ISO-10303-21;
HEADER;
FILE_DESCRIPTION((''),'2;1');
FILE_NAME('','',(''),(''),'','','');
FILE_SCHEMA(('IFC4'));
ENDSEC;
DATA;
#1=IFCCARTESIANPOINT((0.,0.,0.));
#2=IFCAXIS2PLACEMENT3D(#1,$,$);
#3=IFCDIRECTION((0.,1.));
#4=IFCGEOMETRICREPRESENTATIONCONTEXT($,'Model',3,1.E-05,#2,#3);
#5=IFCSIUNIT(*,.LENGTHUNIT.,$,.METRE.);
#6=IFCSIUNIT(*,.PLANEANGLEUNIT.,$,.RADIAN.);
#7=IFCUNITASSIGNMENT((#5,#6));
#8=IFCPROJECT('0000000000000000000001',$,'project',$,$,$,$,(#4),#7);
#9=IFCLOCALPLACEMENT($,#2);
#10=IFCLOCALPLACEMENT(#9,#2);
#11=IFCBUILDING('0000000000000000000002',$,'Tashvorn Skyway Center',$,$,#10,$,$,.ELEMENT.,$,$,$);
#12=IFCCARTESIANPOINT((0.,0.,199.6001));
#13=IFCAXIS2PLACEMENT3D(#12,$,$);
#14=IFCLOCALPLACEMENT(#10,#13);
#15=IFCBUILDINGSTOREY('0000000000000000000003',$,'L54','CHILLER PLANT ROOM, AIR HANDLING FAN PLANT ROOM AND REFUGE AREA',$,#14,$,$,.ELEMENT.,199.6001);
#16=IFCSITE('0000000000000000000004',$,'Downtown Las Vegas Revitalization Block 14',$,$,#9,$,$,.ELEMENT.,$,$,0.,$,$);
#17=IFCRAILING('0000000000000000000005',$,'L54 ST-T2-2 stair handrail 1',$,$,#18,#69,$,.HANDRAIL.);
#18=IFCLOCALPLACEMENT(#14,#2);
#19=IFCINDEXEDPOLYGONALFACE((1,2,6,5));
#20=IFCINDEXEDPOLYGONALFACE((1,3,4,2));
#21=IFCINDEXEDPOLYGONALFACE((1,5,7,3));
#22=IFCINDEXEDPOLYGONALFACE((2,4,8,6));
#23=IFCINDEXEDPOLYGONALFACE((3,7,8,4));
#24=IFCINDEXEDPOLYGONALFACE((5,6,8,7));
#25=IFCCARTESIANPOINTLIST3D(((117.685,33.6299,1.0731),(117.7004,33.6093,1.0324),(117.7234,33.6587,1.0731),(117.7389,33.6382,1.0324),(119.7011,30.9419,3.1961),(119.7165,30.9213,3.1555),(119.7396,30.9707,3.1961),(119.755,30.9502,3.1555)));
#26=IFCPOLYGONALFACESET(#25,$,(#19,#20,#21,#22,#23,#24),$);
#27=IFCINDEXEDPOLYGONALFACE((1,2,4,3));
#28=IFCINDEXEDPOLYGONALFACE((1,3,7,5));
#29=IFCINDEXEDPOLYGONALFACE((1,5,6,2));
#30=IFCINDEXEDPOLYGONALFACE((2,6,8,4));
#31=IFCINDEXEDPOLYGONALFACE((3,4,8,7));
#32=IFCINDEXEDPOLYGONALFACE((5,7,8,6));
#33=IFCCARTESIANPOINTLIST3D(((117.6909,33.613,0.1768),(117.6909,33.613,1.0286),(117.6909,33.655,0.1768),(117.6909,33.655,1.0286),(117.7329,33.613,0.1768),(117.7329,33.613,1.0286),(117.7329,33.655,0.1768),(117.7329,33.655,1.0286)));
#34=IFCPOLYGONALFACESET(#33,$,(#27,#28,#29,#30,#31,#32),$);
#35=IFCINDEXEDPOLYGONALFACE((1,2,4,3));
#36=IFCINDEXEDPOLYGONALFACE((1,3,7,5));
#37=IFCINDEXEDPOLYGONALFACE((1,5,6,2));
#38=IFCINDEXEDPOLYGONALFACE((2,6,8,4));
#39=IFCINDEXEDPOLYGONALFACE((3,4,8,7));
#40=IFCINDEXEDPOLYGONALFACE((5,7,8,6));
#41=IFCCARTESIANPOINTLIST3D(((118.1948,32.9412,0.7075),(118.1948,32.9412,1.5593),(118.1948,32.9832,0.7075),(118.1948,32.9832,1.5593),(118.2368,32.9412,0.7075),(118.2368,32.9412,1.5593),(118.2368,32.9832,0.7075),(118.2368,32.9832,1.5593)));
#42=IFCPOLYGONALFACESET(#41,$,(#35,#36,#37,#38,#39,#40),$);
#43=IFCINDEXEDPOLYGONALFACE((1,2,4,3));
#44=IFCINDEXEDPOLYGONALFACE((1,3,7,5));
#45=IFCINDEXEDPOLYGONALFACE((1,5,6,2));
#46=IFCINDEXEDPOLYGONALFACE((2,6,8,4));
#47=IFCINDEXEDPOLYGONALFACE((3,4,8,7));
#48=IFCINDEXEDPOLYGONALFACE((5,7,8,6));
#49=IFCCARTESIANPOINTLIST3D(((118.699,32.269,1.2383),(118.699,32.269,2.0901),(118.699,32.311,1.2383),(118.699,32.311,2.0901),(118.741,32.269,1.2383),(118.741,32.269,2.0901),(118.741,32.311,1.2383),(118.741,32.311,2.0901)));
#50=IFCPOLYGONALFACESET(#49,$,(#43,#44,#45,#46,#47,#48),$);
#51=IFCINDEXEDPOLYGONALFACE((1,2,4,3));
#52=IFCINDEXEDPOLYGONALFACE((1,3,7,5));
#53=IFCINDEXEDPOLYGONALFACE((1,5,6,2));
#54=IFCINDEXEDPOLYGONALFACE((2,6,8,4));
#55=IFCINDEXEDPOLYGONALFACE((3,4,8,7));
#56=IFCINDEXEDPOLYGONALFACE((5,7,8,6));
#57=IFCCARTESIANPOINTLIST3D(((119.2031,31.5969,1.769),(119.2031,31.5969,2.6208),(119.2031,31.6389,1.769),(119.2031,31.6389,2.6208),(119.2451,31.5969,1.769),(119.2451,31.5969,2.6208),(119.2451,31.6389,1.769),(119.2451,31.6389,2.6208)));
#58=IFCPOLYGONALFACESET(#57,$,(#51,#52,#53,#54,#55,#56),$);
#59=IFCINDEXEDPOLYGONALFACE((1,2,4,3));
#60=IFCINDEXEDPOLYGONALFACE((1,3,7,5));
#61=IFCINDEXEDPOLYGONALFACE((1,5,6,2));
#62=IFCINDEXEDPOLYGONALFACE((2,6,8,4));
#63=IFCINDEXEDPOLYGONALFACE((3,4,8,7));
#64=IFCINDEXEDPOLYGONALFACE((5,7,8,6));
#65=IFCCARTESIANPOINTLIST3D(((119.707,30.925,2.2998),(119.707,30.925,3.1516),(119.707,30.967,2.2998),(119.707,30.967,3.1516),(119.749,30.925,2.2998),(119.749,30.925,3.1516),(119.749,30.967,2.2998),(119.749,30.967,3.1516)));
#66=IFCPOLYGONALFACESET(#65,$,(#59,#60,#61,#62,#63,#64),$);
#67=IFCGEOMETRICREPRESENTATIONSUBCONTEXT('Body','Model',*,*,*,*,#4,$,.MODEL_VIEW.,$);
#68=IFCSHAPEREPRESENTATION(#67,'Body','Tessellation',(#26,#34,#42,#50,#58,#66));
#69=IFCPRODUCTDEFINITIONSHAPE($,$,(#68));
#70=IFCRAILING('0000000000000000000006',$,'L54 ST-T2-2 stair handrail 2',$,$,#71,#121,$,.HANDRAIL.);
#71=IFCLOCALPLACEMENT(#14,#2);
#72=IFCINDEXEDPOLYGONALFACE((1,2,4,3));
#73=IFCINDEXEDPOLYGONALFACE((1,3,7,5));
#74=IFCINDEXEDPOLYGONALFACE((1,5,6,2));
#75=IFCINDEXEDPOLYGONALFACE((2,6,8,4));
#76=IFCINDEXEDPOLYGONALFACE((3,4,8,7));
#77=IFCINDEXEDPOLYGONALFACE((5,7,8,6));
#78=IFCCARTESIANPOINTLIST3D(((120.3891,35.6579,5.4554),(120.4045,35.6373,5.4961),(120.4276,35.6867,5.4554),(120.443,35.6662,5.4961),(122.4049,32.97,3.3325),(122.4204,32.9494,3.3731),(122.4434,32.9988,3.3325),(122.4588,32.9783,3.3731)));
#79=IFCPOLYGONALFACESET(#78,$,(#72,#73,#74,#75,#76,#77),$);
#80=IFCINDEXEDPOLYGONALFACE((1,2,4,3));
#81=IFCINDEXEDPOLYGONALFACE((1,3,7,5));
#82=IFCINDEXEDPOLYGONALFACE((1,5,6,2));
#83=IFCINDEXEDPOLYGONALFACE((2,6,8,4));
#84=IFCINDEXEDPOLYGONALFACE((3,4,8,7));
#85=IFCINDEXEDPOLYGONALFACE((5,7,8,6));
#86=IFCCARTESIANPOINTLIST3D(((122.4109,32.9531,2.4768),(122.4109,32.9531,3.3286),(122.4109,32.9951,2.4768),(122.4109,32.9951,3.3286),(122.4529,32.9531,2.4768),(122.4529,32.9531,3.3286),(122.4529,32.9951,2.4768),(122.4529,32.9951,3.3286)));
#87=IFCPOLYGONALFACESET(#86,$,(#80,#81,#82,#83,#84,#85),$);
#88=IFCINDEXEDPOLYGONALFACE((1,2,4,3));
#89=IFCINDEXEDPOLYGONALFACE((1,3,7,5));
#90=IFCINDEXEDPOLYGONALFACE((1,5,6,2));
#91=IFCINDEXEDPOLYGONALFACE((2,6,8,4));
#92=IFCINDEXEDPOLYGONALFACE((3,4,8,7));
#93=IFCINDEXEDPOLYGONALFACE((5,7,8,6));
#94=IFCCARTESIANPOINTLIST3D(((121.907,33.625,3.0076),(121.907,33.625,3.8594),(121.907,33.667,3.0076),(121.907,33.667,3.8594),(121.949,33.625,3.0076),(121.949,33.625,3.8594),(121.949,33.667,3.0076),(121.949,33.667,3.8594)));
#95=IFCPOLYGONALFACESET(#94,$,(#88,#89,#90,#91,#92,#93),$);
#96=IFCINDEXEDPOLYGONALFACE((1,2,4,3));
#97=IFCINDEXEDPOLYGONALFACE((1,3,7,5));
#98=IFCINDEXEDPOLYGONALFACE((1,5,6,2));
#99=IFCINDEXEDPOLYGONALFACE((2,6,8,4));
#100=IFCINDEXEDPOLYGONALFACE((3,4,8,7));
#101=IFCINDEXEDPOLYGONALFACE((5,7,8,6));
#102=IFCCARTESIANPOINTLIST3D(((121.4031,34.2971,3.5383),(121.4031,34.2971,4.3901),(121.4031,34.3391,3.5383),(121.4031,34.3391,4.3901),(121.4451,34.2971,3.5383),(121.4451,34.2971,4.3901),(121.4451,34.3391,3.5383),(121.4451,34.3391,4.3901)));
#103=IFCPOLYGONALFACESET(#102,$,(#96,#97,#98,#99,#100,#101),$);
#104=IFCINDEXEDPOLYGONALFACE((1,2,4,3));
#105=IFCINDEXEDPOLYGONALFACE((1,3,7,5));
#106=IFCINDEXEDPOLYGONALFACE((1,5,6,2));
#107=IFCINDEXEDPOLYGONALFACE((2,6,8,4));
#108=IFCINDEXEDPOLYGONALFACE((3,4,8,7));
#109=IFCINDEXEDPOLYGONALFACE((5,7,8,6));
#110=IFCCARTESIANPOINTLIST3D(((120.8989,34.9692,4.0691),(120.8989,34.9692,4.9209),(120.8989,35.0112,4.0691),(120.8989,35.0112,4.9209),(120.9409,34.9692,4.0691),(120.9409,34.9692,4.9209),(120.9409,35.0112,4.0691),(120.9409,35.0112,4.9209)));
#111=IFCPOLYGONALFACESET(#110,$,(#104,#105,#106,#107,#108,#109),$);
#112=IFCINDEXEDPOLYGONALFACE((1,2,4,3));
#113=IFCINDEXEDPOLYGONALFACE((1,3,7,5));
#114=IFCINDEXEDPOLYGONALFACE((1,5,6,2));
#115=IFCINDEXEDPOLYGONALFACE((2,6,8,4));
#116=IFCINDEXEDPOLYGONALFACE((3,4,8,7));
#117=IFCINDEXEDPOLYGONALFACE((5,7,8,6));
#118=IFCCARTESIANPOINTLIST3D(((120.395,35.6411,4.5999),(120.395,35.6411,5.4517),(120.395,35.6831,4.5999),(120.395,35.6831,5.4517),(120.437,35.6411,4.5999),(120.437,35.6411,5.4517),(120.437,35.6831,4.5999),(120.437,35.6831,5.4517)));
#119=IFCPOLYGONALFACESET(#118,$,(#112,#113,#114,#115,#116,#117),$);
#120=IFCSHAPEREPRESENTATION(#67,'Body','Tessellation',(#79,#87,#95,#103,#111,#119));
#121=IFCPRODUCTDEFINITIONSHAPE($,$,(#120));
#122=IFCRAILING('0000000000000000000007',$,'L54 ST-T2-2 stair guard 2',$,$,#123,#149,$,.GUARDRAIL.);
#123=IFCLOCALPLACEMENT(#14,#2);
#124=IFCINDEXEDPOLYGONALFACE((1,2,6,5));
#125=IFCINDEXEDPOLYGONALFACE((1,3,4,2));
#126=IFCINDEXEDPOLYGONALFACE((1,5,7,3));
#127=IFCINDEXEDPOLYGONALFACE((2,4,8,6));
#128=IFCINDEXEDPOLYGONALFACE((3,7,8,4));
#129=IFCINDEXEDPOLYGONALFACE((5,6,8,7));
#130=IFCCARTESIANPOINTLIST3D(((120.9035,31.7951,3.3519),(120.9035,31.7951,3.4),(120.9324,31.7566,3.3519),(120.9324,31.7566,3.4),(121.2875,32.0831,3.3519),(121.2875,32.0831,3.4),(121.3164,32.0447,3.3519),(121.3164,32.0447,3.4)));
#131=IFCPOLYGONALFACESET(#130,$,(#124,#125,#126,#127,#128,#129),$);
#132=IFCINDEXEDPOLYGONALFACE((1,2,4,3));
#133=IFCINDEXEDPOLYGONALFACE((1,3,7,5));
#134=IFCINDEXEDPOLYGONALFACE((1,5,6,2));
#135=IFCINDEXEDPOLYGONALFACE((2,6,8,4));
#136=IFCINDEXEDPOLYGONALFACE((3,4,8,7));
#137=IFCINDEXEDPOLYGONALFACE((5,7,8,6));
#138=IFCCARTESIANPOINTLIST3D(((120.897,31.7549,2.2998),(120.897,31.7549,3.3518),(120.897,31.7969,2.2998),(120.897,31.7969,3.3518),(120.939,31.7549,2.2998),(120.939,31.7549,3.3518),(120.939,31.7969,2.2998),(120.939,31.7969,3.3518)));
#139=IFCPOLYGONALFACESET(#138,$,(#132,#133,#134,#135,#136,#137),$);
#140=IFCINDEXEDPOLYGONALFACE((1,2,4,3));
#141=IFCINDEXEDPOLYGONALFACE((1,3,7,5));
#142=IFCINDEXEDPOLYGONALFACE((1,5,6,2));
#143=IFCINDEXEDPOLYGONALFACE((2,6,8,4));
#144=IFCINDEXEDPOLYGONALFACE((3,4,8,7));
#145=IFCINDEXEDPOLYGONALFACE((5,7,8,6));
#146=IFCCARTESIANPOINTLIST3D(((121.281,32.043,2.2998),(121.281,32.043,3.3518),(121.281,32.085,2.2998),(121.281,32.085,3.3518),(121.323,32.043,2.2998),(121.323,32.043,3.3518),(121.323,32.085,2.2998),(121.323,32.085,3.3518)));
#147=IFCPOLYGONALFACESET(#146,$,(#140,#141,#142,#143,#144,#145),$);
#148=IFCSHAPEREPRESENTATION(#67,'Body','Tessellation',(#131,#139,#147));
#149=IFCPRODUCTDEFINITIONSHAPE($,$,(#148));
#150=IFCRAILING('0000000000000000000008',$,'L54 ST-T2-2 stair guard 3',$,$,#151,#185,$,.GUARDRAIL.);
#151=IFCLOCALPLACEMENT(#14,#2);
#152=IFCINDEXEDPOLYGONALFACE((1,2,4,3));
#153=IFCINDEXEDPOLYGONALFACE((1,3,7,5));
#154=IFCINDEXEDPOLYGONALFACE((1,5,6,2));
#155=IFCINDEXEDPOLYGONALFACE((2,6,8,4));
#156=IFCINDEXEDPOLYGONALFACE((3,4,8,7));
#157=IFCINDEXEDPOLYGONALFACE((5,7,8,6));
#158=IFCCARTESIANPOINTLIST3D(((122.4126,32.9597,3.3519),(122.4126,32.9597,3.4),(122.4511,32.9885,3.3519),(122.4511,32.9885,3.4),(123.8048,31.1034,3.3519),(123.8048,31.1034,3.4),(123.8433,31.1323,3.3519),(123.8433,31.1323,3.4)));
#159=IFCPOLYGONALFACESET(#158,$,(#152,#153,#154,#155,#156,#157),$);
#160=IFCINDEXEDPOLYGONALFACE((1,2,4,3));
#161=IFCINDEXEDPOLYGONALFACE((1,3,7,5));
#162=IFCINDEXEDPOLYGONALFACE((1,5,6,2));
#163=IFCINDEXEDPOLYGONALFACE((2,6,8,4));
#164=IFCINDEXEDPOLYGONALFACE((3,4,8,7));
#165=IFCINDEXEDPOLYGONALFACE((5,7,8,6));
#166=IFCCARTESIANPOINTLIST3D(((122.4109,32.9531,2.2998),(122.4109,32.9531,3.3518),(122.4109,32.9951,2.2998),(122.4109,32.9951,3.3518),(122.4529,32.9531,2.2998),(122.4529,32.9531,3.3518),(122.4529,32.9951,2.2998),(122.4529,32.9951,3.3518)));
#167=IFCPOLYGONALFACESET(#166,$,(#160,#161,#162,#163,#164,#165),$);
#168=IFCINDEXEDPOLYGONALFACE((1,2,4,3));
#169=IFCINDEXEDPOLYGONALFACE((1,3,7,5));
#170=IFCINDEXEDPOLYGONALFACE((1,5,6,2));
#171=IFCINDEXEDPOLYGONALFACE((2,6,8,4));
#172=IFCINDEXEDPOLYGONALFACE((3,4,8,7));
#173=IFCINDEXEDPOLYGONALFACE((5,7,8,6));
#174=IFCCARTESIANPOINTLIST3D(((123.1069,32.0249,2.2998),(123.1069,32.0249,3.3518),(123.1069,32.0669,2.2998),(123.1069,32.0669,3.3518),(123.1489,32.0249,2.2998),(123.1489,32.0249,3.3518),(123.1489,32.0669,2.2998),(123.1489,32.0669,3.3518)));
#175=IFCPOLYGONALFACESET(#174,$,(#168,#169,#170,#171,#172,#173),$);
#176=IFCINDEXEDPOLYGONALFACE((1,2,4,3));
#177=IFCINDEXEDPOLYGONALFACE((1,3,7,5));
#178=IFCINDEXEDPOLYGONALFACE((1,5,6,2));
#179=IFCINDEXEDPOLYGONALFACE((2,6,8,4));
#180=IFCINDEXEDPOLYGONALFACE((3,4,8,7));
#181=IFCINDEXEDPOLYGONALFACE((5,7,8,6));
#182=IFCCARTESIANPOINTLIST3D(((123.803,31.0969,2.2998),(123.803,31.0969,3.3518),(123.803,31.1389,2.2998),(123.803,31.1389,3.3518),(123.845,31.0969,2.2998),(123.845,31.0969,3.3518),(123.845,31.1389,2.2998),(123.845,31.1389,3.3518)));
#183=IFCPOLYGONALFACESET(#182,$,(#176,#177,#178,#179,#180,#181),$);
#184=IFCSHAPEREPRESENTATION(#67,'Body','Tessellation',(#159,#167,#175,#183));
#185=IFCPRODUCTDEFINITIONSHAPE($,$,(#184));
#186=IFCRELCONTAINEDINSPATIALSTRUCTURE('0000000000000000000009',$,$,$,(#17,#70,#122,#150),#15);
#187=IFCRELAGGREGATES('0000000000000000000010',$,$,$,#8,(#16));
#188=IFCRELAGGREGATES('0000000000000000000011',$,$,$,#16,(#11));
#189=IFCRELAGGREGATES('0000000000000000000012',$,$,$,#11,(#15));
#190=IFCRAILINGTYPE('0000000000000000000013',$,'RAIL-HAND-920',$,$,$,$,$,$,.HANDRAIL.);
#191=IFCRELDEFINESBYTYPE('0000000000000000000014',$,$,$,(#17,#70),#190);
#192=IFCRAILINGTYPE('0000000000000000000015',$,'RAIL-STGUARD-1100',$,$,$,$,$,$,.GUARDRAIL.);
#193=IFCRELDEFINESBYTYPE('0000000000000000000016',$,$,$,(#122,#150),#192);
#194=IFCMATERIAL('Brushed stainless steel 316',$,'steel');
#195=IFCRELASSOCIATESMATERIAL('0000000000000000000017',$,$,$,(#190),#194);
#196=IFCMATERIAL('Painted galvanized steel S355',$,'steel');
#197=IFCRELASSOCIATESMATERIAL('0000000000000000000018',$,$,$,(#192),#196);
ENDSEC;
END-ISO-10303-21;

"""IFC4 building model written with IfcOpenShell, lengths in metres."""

from ifc_helpers import new_model, si_unit, direction, frame, origin, origin_2d, place, context, subcontext, project, spatial, rectangle, extrude, material, type_object, element, save


model = new_model("IFC4")

# Units and contexts
model_context = context("Model", 3, precision=1e-05, world=origin(), true_north=direction((0.0, 1.0)))
body_context = subcontext(model_context, "Body", "Model", "MODEL_VIEW")
ifc_project = project(units=[si_unit("LENGTHUNIT", "METRE"), si_unit("PLANEANGLEUNIT", "RADIAN")], contexts=[model_context])

# Site, building, storey
site_placement = place(None, origin())
site = spatial("IfcSite", under=ifc_project, at=site_placement, Name="Downtown Las Vegas Revitalization Block 14", CompositionType="ELEMENT", RefElevation=0.0)
building_placement = place(site_placement, origin())
building = spatial("IfcBuilding", under=site, at=building_placement, Name="Tashvorn Skyway Center", CompositionType="ELEMENT")
storey_placement = place(building_placement, frame((0.0, 0.0, 199.6001)))
storey = spatial("IfcBuildingStorey", under=building, at=storey_placement, Name="L54", Description="CHILLER PLANT ROOM, AIR HANDLING FAN PLANT ROOM AND REFUGE AREA", CompositionType="ELEMENT", Elevation=199.6001)

# Railings
ifc_material_1 = material(Name="Brushed stainless steel 316", Category="steel")
railing_type_1 = type_object("IfcRailingType", Name="RAIL-HAND-920", PredefinedType="HANDRAIL", material=ifc_material_1)
railing_1_placement = place(storey_placement, frame((117.7119, 33.634, 0.1768)))
element("IfcRailing", 1, at=railing_1_placement, inside=storey, type_object=railing_type_1, Name="L54 ST-T2-2 stair handrail 1", PredefinedType="HANDRAIL", context=body_context, shape_type="SweptSolid", body=[
    extrude(rectangle(XDim=0.0481, YDim=0.0481, at=origin_2d()), frame((0.0, 0.0, 0.876), z_axis=(0.507251, -0.676294, 0.534156), x_axis=(0.799983, 0.600023, 0.0)), (0.0, 0.0, 1.0), 3.9746),
    extrude(rectangle(XDim=0.042, YDim=0.042, at=origin_2d()), origin(), (0.0, 0.0, 1.0), 0.8518),
    extrude(rectangle(XDim=0.042, YDim=0.042, at=origin_2d()), frame((0.5039, -0.6719, 0.5308)), (0.0, 0.0, 1.0), 0.8518),
    extrude(rectangle(XDim=0.042, YDim=0.042, at=origin_2d()), frame((1.0081, -1.344, 1.0615)), (0.0, 0.0, 1.0), 0.8518),
    extrude(rectangle(XDim=0.042, YDim=0.042, at=origin_2d()), frame((1.5122, -2.0161, 1.5923)), (0.0, 0.0, 1.0), 0.8518),
    extrude(rectangle(XDim=0.042, YDim=0.042, at=origin_2d()), frame((2.0161, -2.688, 2.123)), (0.0, 0.0, 1.0), 0.8518),
])
railing_2_placement = place(storey_placement, frame((122.4319, 32.9741, 2.4768)))
element("IfcRailing", 2, at=railing_2_placement, inside=storey, type_object=railing_type_1, Name="L54 ST-T2-2 stair handrail 2", PredefinedType="HANDRAIL", context=body_context, shape_type="SweptSolid", body=[
    extrude(rectangle(XDim=0.0481, YDim=0.0481, at=origin_2d()), frame((0.0, 0.0, 0.876), z_axis=(-0.507206, 0.676315, 0.534172), x_axis=(-0.800017, -0.599977, 0.0)), (0.0, 0.0, 1.0), 3.9744),
    extrude(rectangle(XDim=0.042, YDim=0.042, at=origin_2d()), origin(), (0.0, 0.0, 1.0), 0.8518),
    extrude(rectangle(XDim=0.042, YDim=0.042, at=origin_2d()), frame((-0.5039, 0.6719, 0.5308)), (0.0, 0.0, 1.0), 0.8518),
    extrude(rectangle(XDim=0.042, YDim=0.042, at=origin_2d()), frame((-1.0078, 1.344, 1.0615)), (0.0, 0.0, 1.0), 0.8518),
    extrude(rectangle(XDim=0.042, YDim=0.042, at=origin_2d()), frame((-1.512, 2.0161, 1.5923)), (0.0, 0.0, 1.0), 0.8518),
    extrude(rectangle(XDim=0.042, YDim=0.042, at=origin_2d()), frame((-2.0159, 2.688, 2.123)), (0.0, 0.0, 1.0), 0.8518),
])
ifc_material_2 = material(Name="Painted galvanized steel S355", Category="steel")
railing_type_2 = type_object("IfcRailingType", Name="RAIL-STGUARD-1100", PredefinedType="GUARDRAIL", material=ifc_material_2)
railing_3_placement = place(storey_placement, frame((120.918, 31.7759, 2.2998)))
element("IfcRailing", 3, at=railing_3_placement, inside=storey, type_object=railing_type_2, Name="L54 ST-T2-2 stair guard 2", PredefinedType="GUARDRAIL", context=body_context, shape_type="SweptSolid", body=[
    extrude(rectangle(XDim=0.0481, YDim=0.0481, at=origin_2d()), frame((0.0, 0.0, 1.0762), z_axis=(0.799939, 0.600081, 0.0), x_axis=(-0.600081, 0.799939, 0.0)), (0.0, 0.0, 1.0), 0.48),
    extrude(rectangle(XDim=0.042, YDim=0.042, at=origin_2d()), origin(), (0.0, 0.0, 1.0), 1.052),
    extrude(rectangle(XDim=0.042, YDim=0.042, at=origin_2d()), frame((0.384, 0.2881, 0.0)), (0.0, 0.0, 1.0), 1.052),
])
railing_4_placement = place(storey_placement, frame((122.4319, 32.9741, 2.2998)))
element("IfcRailing", 4, at=railing_4_placement, inside=storey, type_object=railing_type_2, Name="L54 ST-T2-2 stair guard 3", PredefinedType="GUARDRAIL", context=body_context, shape_type="SweptSolid", body=[
    extrude(rectangle(XDim=0.0481, YDim=0.0481, at=origin_2d()), frame((0.0, 0.0, 1.0762), z_axis=(0.599983, -0.800013, 0.0), x_axis=(0.800013, 0.599983, 0.0)), (0.0, 0.0, 1.0), 2.3203),
    extrude(rectangle(XDim=0.042, YDim=0.042, at=origin_2d()), origin(), (0.0, 0.0, 1.0), 1.052),
    extrude(rectangle(XDim=0.042, YDim=0.042, at=origin_2d()), frame((0.696, -0.9282, 0.0)), (0.0, 0.0, 1.0), 1.052),
    extrude(rectangle(XDim=0.042, YDim=0.042, at=origin_2d()), frame((1.3921, -1.8562, 0.0)), (0.0, 0.0, 1.0), 1.052),
])

save(model, "model.ifc")
